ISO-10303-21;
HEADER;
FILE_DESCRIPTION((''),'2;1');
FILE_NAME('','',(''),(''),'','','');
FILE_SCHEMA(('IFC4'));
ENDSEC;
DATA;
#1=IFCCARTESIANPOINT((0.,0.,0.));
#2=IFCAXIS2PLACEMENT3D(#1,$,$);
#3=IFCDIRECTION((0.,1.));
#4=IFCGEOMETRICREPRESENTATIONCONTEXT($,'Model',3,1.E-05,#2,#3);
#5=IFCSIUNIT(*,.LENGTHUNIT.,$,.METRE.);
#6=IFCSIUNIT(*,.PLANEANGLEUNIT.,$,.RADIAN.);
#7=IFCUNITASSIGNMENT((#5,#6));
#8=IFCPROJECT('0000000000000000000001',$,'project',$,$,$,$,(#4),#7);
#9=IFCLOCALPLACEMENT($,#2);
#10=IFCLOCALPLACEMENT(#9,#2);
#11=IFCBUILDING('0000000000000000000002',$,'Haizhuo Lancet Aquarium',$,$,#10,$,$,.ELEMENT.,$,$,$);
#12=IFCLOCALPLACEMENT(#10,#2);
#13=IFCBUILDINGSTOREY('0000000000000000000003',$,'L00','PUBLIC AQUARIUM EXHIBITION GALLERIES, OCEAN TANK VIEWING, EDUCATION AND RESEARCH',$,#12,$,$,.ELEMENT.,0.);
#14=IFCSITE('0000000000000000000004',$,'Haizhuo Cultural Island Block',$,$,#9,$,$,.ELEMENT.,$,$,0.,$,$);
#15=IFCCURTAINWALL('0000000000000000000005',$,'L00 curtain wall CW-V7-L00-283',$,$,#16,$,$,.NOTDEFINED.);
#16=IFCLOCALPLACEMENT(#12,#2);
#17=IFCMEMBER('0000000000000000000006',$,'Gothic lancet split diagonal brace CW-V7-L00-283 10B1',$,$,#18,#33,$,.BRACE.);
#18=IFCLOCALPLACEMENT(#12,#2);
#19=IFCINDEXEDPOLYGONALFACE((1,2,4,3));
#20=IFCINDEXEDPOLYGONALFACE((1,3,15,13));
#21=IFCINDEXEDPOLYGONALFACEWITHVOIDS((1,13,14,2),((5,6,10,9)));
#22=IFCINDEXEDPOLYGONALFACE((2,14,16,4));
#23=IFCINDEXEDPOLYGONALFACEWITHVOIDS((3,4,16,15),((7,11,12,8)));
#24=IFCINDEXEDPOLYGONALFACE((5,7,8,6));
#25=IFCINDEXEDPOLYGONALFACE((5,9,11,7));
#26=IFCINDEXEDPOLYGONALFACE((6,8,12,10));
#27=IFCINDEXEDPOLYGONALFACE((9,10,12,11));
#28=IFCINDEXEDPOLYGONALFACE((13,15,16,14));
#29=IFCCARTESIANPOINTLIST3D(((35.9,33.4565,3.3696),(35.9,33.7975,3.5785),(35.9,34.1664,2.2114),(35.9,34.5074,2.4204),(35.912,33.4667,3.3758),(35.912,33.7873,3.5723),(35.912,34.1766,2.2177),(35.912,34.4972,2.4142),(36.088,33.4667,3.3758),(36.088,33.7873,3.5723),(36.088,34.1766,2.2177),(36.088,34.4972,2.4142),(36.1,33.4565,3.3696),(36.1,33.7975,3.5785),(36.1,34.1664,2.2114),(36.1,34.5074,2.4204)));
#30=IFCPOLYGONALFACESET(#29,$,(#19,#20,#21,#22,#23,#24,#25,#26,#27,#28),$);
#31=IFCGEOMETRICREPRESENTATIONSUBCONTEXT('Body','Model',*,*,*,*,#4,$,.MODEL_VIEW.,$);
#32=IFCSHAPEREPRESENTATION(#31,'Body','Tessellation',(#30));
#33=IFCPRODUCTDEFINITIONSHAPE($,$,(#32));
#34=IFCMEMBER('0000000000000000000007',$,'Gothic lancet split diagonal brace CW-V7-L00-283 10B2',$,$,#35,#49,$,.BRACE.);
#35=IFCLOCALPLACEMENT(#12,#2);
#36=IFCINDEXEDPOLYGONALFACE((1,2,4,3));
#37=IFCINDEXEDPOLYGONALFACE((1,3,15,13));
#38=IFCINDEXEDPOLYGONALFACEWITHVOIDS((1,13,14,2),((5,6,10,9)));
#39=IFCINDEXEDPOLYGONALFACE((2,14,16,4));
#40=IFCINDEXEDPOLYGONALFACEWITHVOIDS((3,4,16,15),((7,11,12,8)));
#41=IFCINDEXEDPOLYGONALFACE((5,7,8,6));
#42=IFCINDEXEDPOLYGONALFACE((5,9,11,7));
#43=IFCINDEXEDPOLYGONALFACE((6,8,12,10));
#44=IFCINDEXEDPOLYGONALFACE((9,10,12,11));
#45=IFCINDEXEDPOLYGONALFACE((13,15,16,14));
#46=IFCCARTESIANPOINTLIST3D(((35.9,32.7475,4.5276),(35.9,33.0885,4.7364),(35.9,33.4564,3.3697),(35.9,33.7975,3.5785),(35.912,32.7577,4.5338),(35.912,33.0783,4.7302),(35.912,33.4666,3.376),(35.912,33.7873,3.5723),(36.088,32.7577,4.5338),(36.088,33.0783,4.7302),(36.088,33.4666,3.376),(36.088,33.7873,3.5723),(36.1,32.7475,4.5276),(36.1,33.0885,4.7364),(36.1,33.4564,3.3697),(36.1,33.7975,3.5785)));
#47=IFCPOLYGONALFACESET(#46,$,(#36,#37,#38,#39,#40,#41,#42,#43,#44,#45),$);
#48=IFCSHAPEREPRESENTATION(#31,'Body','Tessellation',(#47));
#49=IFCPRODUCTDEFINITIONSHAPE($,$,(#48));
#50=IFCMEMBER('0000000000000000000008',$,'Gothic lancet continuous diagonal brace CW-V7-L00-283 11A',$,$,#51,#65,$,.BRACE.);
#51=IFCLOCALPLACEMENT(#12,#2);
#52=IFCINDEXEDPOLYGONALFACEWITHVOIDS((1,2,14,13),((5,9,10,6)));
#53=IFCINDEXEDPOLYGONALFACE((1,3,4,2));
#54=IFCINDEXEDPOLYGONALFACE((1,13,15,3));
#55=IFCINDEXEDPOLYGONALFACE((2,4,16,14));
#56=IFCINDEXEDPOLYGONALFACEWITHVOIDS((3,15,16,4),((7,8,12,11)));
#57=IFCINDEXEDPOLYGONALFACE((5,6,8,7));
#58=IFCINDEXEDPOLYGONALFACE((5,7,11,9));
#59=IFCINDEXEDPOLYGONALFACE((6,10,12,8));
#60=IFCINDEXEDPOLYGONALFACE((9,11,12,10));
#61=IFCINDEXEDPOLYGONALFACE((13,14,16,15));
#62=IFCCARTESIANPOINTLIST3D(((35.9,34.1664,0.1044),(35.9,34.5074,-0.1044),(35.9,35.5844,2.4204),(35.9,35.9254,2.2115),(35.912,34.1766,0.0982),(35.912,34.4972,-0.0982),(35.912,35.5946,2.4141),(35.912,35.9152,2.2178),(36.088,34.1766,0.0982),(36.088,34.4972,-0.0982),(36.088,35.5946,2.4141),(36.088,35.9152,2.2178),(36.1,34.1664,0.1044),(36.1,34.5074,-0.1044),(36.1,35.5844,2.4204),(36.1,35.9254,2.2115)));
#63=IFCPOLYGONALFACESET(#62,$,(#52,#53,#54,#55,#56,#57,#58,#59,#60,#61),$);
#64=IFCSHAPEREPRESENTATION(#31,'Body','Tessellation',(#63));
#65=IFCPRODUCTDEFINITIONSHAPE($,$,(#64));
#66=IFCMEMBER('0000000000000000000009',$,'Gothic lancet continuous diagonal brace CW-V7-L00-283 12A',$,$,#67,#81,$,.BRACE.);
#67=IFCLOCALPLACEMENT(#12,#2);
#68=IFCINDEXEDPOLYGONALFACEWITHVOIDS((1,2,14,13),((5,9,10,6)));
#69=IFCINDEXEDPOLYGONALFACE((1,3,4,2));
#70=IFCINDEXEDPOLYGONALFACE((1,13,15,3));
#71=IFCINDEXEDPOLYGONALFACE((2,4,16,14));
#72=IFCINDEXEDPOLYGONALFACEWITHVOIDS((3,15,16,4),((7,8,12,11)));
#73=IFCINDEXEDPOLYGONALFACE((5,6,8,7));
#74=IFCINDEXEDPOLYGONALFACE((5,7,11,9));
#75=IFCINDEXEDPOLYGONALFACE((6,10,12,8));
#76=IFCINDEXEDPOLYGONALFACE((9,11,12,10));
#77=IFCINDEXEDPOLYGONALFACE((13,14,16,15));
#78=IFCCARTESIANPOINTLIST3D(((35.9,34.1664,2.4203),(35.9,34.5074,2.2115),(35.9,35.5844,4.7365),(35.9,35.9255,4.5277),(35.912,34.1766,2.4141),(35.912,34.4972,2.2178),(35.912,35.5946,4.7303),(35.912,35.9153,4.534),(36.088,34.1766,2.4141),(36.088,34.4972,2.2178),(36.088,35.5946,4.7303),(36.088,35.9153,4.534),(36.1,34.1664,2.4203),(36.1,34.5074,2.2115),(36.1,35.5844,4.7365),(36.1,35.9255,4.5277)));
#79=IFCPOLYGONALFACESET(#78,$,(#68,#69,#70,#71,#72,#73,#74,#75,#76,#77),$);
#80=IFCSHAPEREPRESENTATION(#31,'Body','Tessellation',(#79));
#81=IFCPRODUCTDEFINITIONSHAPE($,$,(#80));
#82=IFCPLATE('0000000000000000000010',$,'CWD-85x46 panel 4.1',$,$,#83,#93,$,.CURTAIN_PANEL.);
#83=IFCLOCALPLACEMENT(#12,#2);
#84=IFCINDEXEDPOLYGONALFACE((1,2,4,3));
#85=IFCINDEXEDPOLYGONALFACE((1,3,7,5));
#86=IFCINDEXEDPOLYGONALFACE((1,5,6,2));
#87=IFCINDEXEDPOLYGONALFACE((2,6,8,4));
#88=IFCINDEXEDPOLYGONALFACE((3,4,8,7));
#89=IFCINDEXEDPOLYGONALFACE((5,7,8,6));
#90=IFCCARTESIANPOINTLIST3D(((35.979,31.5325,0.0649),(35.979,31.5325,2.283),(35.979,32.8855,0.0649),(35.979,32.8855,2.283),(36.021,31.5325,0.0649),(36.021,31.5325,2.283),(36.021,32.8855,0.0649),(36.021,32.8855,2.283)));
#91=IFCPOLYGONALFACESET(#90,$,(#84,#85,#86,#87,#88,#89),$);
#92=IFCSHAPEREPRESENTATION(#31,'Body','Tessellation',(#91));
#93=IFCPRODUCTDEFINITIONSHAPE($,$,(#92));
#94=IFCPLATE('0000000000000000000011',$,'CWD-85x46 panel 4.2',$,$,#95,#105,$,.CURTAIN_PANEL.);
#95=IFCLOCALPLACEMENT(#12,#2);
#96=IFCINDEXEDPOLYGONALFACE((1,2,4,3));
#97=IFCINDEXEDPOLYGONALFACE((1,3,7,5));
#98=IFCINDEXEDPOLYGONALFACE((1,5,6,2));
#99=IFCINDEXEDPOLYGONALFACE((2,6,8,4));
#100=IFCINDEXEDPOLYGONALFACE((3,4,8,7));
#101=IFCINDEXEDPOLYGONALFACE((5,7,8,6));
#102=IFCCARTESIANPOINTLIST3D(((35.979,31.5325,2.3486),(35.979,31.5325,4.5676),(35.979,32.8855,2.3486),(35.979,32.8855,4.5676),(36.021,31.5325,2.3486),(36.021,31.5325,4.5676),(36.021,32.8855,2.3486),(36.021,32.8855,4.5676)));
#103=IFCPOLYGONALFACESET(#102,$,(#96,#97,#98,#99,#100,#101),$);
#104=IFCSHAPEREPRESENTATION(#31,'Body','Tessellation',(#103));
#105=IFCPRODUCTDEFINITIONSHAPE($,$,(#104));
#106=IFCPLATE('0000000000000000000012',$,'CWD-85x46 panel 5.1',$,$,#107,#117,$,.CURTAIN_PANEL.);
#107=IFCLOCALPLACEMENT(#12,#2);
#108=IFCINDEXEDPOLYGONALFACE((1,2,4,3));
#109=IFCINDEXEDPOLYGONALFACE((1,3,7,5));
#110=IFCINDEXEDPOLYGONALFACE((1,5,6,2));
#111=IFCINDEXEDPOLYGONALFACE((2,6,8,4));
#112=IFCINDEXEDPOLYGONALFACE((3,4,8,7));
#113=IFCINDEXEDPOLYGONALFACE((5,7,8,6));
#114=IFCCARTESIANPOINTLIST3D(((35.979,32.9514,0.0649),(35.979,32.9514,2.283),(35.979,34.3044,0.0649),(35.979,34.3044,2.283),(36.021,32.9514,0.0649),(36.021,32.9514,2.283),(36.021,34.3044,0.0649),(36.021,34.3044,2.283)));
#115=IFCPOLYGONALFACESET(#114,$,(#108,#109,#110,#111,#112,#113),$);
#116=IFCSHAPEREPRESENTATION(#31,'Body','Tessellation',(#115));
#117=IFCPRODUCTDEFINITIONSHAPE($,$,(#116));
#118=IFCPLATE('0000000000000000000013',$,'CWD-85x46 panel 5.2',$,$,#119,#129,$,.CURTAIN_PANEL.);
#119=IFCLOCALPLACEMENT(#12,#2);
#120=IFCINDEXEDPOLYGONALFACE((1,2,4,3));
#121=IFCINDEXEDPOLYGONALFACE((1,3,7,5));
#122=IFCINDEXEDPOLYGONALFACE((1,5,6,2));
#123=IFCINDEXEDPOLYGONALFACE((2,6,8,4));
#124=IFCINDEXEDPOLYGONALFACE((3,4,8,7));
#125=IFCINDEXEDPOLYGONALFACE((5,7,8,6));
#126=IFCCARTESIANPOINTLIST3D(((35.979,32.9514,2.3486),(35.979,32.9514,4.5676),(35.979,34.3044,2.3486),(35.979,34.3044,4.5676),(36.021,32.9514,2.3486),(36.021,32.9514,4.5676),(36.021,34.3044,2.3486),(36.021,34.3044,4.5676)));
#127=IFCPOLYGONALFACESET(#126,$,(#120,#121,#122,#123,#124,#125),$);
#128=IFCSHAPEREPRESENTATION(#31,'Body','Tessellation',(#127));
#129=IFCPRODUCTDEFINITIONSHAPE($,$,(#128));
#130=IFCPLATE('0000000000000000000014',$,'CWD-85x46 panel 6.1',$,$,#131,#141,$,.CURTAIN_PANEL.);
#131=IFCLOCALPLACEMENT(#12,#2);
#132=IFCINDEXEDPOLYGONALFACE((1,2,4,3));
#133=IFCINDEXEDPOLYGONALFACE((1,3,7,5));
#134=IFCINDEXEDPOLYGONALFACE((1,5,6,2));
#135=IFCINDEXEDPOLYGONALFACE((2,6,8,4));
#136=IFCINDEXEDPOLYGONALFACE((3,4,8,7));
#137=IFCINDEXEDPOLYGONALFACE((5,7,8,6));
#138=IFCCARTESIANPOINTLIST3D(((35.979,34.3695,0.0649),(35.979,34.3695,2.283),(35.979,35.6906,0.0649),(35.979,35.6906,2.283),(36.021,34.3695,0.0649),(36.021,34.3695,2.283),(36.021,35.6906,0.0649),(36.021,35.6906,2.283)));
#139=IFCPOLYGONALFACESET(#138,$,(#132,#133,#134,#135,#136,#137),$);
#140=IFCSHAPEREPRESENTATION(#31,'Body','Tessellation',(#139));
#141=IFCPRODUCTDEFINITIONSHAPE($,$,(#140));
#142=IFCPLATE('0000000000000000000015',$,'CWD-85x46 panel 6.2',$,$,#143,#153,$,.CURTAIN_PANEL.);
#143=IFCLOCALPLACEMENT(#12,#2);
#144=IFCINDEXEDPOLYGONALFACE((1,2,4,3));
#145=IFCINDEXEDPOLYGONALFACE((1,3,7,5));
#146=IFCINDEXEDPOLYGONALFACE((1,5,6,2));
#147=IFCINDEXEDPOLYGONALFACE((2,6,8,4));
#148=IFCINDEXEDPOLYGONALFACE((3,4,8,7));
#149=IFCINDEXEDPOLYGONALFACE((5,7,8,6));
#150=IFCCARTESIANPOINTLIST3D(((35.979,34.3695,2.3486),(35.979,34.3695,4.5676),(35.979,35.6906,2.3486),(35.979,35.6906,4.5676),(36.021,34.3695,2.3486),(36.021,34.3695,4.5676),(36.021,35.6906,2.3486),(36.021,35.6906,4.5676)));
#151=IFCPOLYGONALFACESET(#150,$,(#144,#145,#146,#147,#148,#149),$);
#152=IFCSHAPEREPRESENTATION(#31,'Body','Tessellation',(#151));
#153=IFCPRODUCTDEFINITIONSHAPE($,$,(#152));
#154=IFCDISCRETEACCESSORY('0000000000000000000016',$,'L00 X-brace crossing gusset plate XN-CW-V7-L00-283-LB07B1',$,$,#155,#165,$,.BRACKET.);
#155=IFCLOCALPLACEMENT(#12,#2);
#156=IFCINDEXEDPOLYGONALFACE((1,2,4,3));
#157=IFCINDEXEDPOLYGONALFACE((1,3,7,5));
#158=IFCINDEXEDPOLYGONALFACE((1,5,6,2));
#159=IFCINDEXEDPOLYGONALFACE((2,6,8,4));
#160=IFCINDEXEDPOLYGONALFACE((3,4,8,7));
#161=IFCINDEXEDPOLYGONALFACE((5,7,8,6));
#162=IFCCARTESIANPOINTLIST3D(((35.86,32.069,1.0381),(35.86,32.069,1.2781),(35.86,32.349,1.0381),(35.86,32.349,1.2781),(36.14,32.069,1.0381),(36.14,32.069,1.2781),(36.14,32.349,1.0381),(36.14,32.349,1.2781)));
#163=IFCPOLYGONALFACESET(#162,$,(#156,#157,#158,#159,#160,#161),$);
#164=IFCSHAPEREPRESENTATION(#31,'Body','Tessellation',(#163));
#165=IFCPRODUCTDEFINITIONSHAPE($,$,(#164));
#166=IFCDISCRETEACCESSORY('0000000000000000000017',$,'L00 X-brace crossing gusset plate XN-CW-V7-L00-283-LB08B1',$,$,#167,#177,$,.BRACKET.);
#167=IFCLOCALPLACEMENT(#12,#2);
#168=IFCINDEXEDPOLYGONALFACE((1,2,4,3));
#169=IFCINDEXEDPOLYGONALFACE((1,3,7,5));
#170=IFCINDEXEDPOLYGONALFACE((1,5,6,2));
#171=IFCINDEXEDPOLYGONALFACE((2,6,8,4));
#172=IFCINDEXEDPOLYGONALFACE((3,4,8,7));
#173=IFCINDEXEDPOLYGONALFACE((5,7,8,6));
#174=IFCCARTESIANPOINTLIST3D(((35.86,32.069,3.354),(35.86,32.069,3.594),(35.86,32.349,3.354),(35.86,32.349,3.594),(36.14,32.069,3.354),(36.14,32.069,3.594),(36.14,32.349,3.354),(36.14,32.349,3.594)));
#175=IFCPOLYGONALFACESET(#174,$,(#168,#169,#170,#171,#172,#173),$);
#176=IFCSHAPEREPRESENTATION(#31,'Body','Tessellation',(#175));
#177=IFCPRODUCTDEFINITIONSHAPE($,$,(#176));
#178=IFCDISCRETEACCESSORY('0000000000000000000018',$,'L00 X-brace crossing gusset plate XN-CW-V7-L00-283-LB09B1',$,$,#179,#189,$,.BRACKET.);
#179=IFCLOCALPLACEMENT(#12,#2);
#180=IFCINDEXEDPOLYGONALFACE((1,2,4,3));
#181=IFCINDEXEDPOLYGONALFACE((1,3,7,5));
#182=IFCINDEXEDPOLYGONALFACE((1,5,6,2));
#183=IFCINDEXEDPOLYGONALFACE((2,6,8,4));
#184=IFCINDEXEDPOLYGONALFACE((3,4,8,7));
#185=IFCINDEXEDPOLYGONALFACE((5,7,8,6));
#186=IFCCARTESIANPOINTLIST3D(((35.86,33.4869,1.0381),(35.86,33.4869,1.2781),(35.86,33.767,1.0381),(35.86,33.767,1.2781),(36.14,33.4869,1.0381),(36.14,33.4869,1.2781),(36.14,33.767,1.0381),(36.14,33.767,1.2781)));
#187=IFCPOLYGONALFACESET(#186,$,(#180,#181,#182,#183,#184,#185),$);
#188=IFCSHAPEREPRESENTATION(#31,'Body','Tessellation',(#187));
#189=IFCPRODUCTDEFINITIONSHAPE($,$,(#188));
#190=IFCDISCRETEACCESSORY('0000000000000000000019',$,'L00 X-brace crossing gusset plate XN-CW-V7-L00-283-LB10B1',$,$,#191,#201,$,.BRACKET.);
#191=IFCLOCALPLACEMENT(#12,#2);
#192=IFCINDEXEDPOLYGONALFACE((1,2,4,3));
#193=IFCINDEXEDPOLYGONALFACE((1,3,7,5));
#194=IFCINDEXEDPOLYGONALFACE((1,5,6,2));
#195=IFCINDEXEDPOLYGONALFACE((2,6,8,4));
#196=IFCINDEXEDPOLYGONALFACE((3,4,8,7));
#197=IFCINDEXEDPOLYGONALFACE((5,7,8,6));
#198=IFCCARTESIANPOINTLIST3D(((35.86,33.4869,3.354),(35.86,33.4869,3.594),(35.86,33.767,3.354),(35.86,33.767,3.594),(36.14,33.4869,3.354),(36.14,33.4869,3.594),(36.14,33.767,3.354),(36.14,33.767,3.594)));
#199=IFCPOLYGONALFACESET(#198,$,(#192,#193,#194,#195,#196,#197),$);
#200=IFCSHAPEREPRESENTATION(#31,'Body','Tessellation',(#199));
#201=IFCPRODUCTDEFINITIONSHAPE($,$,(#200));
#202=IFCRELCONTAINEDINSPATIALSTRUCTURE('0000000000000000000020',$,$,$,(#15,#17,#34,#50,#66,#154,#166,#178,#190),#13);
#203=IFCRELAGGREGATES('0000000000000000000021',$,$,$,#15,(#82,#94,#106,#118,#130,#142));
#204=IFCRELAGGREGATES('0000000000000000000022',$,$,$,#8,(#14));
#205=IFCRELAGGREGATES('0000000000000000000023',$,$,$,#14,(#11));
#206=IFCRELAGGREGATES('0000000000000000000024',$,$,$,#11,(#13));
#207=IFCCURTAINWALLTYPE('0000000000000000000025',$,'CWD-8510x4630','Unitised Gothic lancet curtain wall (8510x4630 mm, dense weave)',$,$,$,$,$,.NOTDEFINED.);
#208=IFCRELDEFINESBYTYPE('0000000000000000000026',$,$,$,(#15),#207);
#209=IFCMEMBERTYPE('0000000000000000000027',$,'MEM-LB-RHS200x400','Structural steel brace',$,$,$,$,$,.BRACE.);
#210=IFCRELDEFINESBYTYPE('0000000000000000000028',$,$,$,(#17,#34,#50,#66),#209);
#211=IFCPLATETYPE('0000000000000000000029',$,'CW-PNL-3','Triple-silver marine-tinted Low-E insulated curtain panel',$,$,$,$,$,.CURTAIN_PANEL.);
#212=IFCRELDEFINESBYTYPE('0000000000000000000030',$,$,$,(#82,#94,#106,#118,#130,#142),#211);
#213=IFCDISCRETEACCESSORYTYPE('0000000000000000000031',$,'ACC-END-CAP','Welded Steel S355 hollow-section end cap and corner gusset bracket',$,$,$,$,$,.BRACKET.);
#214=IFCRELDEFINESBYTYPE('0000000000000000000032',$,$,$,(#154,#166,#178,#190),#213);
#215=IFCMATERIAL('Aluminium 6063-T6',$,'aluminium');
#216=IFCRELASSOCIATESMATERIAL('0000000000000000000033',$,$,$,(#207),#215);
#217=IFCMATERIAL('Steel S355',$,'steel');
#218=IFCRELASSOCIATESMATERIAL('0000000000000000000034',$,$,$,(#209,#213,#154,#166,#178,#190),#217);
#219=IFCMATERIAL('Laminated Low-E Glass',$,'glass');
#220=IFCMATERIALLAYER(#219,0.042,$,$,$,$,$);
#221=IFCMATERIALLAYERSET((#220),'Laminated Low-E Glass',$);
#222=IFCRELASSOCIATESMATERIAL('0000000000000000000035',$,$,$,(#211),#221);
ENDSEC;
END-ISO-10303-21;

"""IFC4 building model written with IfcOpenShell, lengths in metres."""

from ifc_helpers import new_model, si_unit, direction, frame, origin, origin_2d, place, context, subcontext, project, spatial, rectangle, hollow_rectangle, extrude, material, layer, layer_set, material_profile, profile_set, type_object, element, aggregate, save


model = new_model("IFC4")

# Units and contexts
model_context = context("Model", 3, precision=1e-05, world=origin(), true_north=direction((0.0, 1.0)))
body_context = subcontext(model_context, "Body", "Model", "MODEL_VIEW")
ifc_project = project(units=[si_unit("LENGTHUNIT", "METRE"), si_unit("PLANEANGLEUNIT", "RADIAN")], contexts=[model_context])

# Site, building, storey
site_placement = place(None, origin())
site = spatial("IfcSite", under=ifc_project, at=site_placement, Name="Haizhuo Cultural Island Block", CompositionType="ELEMENT", RefElevation=0.0)
building_placement = place(site_placement, origin())
building = spatial("IfcBuilding", under=site, at=building_placement, Name="Haizhuo Lancet Aquarium", CompositionType="ELEMENT")
storey_placement = place(building_placement, origin())
storey = spatial("IfcBuildingStorey", under=building, at=storey_placement, Name="L00", Description="PUBLIC AQUARIUM EXHIBITION GALLERIES, OCEAN TANK VIEWING, EDUCATION AND RESEARCH", CompositionType="ELEMENT", Elevation=0.0)

# Curtain wall
ifc_material_1 = material(Name="Aluminium 6063-T6", Category="aluminium")
curtain_wall_type = type_object("IfcCurtainWallType", Name="CWD-8510x4630", Description="Unitised Gothic lancet curtain wall (8510x4630 mm, dense weave)", PredefinedType="NOTDEFINED", material=ifc_material_1)
curtain_wall_placement = place(storey_placement, origin())
curtain_wall = element("IfcCurtainWall", 1, at=curtain_wall_placement, inside=storey, type_object=curtain_wall_type, Name="L00 curtain wall CW-V7-L00-283", PredefinedType="NOTDEFINED")

# Members
ifc_material_2 = material(Name="Steel S355", Category="steel")
ifc_material_profile_1 = material_profile(ifc_material_2, hollow_rectangle(XDim=0.2, YDim=0.3999, WallThickness=0.012, at=origin_2d()), Name="RHS 200x400x12")
ifc_profile_set_1 = profile_set([ifc_material_profile_1], Name="Steel S355")
member_type_1 = type_object("IfcMemberType", Name="MEM-LB-RHS200x400", Description="Structural steel brace", PredefinedType="BRACE", material=ifc_profile_set_1)
member_1_placement = place(storey_placement, frame((36.0, 34.3369, 2.3159), z_axis=(0.0, -0.522613, 0.85257), x_axis=(1.0, 0.0, 0.0)))
element("IfcMember", 2, at=member_1_placement, inside=storey, type_object=member_type_1, Name="Gothic lancet split diagonal brace CW-V7-L00-283 10B1", PredefinedType="BRACE", context=body_context, shape_type="SweptSolid", body=[
    extrude(hollow_rectangle(XDim=0.2, YDim=0.3999, WallThickness=0.012, at=origin_2d()), origin(), (0.0, 0.0, 1.0), 1.3584),
])
member_2_placement = place(storey_placement, frame((36.0, 33.627, 3.4741), z_axis=(0.0, -0.52217, 0.852841), x_axis=(1.0, 0.0, 0.0)))
element("IfcMember", 3, at=member_2_placement, inside=storey, type_object=member_type_1, Name="Gothic lancet split diagonal brace CW-V7-L00-283 10B2", PredefinedType="BRACE", context=body_context, shape_type="SweptSolid", body=[
    extrude(hollow_rectangle(XDim=0.2, YDim=0.3999, WallThickness=0.012, at=origin_2d()), origin(), (0.0, 0.0, 1.0), 1.3577),
])
member_3_placement = place(storey_placement, frame((36.0, 34.3369, 0.0), z_axis=(0.0, 0.52217, 0.852841), x_axis=(-1.0, 0.0, 0.0)))
element("IfcMember", 4, at=member_3_placement, inside=storey, type_object=member_type_1, Name="Gothic lancet continuous diagonal brace CW-V7-L00-283 11A", PredefinedType="BRACE", context=body_context, shape_type="SweptSolid", body=[
    extrude(hollow_rectangle(XDim=0.2, YDim=0.3999, WallThickness=0.012, at=origin_2d()), origin(), (0.0, 0.0, 1.0), 2.7156),
])
member_4_placement = place(storey_placement, frame((36.0, 34.3369, 2.3159), z_axis=(0.0, 0.52213, 0.852866), x_axis=(-1.0, 0.0, 0.0)))
element("IfcMember", 5, at=member_4_placement, inside=storey, type_object=member_type_1, Name="Gothic lancet continuous diagonal brace CW-V7-L00-283 12A", PredefinedType="BRACE", context=body_context, shape_type="SweptSolid", body=[
    extrude(hollow_rectangle(XDim=0.2, YDim=0.3999, WallThickness=0.012, at=origin_2d()), origin(), (0.0, 0.0, 1.0), 2.7158),
])

# Plates
ifc_material_3 = material(Name="Laminated Low-E Glass", Category="glass")
ifc_layer = layer(ifc_material_3, 0.042)
ifc_layer_set = layer_set([ifc_layer], Name="Laminated Low-E Glass")
plate_type = type_object("IfcPlateType", Name="CW-PNL-3", Description="Triple-silver marine-tinted Low-E insulated curtain panel", PredefinedType="CURTAIN_PANEL", material=ifc_layer_set)
plate_1_placement = place(storey_placement, frame((36.0, 32.209, 0.0649), z_axis=(0.0, 0.0, 1.0), x_axis=(0.0, 1.0, 0.0)))
plate_1 = element("IfcPlate", 6, at=plate_1_placement, type_object=plate_type, Name="CWD-85x46 panel 4.1", PredefinedType="CURTAIN_PANEL", context=body_context, shape_type="SweptSolid", body=[
    extrude(rectangle(XDim=1.353, YDim=0.042, at=origin_2d()), origin(), (0.0, 0.0, 1.0), 2.218),
])
plate_2_placement = place(storey_placement, frame((36.0, 32.209, 2.3486), z_axis=(0.0, 0.0, 1.0), x_axis=(0.0, 1.0, 0.0)))
plate_2 = element("IfcPlate", 7, at=plate_2_placement, type_object=plate_type, Name="CWD-85x46 panel 4.2", PredefinedType="CURTAIN_PANEL", context=body_context, shape_type="SweptSolid", body=[
    extrude(rectangle(XDim=1.353, YDim=0.042, at=origin_2d()), origin(), (0.0, 0.0, 1.0), 2.219),
])
plate_3_placement = place(storey_placement, frame((36.0, 33.6279, 0.0649), z_axis=(0.0, 0.0, 1.0), x_axis=(0.0, 1.0, 0.0)))
plate_3 = element("IfcPlate", 8, at=plate_3_placement, type_object=plate_type, Name="CWD-85x46 panel 5.1", PredefinedType="CURTAIN_PANEL", context=body_context, shape_type="SweptSolid", body=[
    extrude(rectangle(XDim=1.353, YDim=0.042, at=origin_2d()), origin(), (0.0, 0.0, 1.0), 2.218),
])
plate_4_placement = place(storey_placement, frame((36.0, 33.6279, 2.3486), z_axis=(0.0, 0.0, 1.0), x_axis=(0.0, 1.0, 0.0)))
plate_4 = element("IfcPlate", 9, at=plate_4_placement, type_object=plate_type, Name="CWD-85x46 panel 5.2", PredefinedType="CURTAIN_PANEL", context=body_context, shape_type="SweptSolid", body=[
    extrude(rectangle(XDim=1.353, YDim=0.042, at=origin_2d()), origin(), (0.0, 0.0, 1.0), 2.219),
])
plate_5_placement = place(storey_placement, frame((36.0, 35.03, 0.0649), z_axis=(0.0, 0.0, 1.0), x_axis=(0.0, 1.0, 0.0)))
plate_5 = element("IfcPlate", 10, at=plate_5_placement, type_object=plate_type, Name="CWD-85x46 panel 6.1", PredefinedType="CURTAIN_PANEL", context=body_context, shape_type="SweptSolid", body=[
    extrude(rectangle(XDim=1.321, YDim=0.042, at=origin_2d()), origin(), (0.0, 0.0, 1.0), 2.218),
])
plate_6_placement = place(storey_placement, frame((36.0, 35.03, 2.3486), z_axis=(0.0, 0.0, 1.0), x_axis=(0.0, 1.0, 0.0)))
plate_6 = element("IfcPlate", 11, at=plate_6_placement, type_object=plate_type, Name="CWD-85x46 panel 6.2", PredefinedType="CURTAIN_PANEL", context=body_context, shape_type="SweptSolid", body=[
    extrude(rectangle(XDim=1.321, YDim=0.042, at=origin_2d()), origin(), (0.0, 0.0, 1.0), 2.219),
])
aggregate(curtain_wall, [plate_1, plate_2, plate_3, plate_4, plate_5, plate_6])

# Discrete accessories
discrete_accessory_type = type_object("IfcDiscreteAccessoryType", Name="ACC-END-CAP", Description="Welded Steel S355 hollow-section end cap and corner gusset bracket", PredefinedType="BRACKET", material=ifc_material_2)
for number, where, z_axis, x_axis, name in (
    (12, (36.0, 32.209, 1.0381), (0.0, 0.0, 1.0), (1.0, 0.0, 0.0), "L00 X-brace crossing gusset plate XN-CW-V7-L00-283-LB07B1"),
    (13, (36.0, 32.209, 3.354), (0.0, 0.0, 1.0), (1.0, 0.0, 0.0), "L00 X-brace crossing gusset plate XN-CW-V7-L00-283-LB08B1"),
    (14, (36.0, 33.627, 1.0381), (0.0, 0.0, 1.0), (1.0, 0.0, 0.0), "L00 X-brace crossing gusset plate XN-CW-V7-L00-283-LB09B1"),
    (15, (36.0, 33.627, 3.354), (0.0, 0.0, 1.0), (1.0, 0.0, 0.0), "L00 X-brace crossing gusset plate XN-CW-V7-L00-283-LB10B1"),
):
    element("IfcDiscreteAccessory", number, at=place(storey_placement, frame(where, z_axis=z_axis, x_axis=x_axis)), inside=storey, type_object=discrete_accessory_type, material=ifc_material_2, Name=name, PredefinedType="BRACKET", context=body_context, shape_type="SweptSolid", body=[
        extrude(rectangle(XDim=0.28, YDim=0.28, at=origin_2d()), origin(), (0.0, 0.0, 1.0), 0.24),
    ])

save(model, "model.ifc")
